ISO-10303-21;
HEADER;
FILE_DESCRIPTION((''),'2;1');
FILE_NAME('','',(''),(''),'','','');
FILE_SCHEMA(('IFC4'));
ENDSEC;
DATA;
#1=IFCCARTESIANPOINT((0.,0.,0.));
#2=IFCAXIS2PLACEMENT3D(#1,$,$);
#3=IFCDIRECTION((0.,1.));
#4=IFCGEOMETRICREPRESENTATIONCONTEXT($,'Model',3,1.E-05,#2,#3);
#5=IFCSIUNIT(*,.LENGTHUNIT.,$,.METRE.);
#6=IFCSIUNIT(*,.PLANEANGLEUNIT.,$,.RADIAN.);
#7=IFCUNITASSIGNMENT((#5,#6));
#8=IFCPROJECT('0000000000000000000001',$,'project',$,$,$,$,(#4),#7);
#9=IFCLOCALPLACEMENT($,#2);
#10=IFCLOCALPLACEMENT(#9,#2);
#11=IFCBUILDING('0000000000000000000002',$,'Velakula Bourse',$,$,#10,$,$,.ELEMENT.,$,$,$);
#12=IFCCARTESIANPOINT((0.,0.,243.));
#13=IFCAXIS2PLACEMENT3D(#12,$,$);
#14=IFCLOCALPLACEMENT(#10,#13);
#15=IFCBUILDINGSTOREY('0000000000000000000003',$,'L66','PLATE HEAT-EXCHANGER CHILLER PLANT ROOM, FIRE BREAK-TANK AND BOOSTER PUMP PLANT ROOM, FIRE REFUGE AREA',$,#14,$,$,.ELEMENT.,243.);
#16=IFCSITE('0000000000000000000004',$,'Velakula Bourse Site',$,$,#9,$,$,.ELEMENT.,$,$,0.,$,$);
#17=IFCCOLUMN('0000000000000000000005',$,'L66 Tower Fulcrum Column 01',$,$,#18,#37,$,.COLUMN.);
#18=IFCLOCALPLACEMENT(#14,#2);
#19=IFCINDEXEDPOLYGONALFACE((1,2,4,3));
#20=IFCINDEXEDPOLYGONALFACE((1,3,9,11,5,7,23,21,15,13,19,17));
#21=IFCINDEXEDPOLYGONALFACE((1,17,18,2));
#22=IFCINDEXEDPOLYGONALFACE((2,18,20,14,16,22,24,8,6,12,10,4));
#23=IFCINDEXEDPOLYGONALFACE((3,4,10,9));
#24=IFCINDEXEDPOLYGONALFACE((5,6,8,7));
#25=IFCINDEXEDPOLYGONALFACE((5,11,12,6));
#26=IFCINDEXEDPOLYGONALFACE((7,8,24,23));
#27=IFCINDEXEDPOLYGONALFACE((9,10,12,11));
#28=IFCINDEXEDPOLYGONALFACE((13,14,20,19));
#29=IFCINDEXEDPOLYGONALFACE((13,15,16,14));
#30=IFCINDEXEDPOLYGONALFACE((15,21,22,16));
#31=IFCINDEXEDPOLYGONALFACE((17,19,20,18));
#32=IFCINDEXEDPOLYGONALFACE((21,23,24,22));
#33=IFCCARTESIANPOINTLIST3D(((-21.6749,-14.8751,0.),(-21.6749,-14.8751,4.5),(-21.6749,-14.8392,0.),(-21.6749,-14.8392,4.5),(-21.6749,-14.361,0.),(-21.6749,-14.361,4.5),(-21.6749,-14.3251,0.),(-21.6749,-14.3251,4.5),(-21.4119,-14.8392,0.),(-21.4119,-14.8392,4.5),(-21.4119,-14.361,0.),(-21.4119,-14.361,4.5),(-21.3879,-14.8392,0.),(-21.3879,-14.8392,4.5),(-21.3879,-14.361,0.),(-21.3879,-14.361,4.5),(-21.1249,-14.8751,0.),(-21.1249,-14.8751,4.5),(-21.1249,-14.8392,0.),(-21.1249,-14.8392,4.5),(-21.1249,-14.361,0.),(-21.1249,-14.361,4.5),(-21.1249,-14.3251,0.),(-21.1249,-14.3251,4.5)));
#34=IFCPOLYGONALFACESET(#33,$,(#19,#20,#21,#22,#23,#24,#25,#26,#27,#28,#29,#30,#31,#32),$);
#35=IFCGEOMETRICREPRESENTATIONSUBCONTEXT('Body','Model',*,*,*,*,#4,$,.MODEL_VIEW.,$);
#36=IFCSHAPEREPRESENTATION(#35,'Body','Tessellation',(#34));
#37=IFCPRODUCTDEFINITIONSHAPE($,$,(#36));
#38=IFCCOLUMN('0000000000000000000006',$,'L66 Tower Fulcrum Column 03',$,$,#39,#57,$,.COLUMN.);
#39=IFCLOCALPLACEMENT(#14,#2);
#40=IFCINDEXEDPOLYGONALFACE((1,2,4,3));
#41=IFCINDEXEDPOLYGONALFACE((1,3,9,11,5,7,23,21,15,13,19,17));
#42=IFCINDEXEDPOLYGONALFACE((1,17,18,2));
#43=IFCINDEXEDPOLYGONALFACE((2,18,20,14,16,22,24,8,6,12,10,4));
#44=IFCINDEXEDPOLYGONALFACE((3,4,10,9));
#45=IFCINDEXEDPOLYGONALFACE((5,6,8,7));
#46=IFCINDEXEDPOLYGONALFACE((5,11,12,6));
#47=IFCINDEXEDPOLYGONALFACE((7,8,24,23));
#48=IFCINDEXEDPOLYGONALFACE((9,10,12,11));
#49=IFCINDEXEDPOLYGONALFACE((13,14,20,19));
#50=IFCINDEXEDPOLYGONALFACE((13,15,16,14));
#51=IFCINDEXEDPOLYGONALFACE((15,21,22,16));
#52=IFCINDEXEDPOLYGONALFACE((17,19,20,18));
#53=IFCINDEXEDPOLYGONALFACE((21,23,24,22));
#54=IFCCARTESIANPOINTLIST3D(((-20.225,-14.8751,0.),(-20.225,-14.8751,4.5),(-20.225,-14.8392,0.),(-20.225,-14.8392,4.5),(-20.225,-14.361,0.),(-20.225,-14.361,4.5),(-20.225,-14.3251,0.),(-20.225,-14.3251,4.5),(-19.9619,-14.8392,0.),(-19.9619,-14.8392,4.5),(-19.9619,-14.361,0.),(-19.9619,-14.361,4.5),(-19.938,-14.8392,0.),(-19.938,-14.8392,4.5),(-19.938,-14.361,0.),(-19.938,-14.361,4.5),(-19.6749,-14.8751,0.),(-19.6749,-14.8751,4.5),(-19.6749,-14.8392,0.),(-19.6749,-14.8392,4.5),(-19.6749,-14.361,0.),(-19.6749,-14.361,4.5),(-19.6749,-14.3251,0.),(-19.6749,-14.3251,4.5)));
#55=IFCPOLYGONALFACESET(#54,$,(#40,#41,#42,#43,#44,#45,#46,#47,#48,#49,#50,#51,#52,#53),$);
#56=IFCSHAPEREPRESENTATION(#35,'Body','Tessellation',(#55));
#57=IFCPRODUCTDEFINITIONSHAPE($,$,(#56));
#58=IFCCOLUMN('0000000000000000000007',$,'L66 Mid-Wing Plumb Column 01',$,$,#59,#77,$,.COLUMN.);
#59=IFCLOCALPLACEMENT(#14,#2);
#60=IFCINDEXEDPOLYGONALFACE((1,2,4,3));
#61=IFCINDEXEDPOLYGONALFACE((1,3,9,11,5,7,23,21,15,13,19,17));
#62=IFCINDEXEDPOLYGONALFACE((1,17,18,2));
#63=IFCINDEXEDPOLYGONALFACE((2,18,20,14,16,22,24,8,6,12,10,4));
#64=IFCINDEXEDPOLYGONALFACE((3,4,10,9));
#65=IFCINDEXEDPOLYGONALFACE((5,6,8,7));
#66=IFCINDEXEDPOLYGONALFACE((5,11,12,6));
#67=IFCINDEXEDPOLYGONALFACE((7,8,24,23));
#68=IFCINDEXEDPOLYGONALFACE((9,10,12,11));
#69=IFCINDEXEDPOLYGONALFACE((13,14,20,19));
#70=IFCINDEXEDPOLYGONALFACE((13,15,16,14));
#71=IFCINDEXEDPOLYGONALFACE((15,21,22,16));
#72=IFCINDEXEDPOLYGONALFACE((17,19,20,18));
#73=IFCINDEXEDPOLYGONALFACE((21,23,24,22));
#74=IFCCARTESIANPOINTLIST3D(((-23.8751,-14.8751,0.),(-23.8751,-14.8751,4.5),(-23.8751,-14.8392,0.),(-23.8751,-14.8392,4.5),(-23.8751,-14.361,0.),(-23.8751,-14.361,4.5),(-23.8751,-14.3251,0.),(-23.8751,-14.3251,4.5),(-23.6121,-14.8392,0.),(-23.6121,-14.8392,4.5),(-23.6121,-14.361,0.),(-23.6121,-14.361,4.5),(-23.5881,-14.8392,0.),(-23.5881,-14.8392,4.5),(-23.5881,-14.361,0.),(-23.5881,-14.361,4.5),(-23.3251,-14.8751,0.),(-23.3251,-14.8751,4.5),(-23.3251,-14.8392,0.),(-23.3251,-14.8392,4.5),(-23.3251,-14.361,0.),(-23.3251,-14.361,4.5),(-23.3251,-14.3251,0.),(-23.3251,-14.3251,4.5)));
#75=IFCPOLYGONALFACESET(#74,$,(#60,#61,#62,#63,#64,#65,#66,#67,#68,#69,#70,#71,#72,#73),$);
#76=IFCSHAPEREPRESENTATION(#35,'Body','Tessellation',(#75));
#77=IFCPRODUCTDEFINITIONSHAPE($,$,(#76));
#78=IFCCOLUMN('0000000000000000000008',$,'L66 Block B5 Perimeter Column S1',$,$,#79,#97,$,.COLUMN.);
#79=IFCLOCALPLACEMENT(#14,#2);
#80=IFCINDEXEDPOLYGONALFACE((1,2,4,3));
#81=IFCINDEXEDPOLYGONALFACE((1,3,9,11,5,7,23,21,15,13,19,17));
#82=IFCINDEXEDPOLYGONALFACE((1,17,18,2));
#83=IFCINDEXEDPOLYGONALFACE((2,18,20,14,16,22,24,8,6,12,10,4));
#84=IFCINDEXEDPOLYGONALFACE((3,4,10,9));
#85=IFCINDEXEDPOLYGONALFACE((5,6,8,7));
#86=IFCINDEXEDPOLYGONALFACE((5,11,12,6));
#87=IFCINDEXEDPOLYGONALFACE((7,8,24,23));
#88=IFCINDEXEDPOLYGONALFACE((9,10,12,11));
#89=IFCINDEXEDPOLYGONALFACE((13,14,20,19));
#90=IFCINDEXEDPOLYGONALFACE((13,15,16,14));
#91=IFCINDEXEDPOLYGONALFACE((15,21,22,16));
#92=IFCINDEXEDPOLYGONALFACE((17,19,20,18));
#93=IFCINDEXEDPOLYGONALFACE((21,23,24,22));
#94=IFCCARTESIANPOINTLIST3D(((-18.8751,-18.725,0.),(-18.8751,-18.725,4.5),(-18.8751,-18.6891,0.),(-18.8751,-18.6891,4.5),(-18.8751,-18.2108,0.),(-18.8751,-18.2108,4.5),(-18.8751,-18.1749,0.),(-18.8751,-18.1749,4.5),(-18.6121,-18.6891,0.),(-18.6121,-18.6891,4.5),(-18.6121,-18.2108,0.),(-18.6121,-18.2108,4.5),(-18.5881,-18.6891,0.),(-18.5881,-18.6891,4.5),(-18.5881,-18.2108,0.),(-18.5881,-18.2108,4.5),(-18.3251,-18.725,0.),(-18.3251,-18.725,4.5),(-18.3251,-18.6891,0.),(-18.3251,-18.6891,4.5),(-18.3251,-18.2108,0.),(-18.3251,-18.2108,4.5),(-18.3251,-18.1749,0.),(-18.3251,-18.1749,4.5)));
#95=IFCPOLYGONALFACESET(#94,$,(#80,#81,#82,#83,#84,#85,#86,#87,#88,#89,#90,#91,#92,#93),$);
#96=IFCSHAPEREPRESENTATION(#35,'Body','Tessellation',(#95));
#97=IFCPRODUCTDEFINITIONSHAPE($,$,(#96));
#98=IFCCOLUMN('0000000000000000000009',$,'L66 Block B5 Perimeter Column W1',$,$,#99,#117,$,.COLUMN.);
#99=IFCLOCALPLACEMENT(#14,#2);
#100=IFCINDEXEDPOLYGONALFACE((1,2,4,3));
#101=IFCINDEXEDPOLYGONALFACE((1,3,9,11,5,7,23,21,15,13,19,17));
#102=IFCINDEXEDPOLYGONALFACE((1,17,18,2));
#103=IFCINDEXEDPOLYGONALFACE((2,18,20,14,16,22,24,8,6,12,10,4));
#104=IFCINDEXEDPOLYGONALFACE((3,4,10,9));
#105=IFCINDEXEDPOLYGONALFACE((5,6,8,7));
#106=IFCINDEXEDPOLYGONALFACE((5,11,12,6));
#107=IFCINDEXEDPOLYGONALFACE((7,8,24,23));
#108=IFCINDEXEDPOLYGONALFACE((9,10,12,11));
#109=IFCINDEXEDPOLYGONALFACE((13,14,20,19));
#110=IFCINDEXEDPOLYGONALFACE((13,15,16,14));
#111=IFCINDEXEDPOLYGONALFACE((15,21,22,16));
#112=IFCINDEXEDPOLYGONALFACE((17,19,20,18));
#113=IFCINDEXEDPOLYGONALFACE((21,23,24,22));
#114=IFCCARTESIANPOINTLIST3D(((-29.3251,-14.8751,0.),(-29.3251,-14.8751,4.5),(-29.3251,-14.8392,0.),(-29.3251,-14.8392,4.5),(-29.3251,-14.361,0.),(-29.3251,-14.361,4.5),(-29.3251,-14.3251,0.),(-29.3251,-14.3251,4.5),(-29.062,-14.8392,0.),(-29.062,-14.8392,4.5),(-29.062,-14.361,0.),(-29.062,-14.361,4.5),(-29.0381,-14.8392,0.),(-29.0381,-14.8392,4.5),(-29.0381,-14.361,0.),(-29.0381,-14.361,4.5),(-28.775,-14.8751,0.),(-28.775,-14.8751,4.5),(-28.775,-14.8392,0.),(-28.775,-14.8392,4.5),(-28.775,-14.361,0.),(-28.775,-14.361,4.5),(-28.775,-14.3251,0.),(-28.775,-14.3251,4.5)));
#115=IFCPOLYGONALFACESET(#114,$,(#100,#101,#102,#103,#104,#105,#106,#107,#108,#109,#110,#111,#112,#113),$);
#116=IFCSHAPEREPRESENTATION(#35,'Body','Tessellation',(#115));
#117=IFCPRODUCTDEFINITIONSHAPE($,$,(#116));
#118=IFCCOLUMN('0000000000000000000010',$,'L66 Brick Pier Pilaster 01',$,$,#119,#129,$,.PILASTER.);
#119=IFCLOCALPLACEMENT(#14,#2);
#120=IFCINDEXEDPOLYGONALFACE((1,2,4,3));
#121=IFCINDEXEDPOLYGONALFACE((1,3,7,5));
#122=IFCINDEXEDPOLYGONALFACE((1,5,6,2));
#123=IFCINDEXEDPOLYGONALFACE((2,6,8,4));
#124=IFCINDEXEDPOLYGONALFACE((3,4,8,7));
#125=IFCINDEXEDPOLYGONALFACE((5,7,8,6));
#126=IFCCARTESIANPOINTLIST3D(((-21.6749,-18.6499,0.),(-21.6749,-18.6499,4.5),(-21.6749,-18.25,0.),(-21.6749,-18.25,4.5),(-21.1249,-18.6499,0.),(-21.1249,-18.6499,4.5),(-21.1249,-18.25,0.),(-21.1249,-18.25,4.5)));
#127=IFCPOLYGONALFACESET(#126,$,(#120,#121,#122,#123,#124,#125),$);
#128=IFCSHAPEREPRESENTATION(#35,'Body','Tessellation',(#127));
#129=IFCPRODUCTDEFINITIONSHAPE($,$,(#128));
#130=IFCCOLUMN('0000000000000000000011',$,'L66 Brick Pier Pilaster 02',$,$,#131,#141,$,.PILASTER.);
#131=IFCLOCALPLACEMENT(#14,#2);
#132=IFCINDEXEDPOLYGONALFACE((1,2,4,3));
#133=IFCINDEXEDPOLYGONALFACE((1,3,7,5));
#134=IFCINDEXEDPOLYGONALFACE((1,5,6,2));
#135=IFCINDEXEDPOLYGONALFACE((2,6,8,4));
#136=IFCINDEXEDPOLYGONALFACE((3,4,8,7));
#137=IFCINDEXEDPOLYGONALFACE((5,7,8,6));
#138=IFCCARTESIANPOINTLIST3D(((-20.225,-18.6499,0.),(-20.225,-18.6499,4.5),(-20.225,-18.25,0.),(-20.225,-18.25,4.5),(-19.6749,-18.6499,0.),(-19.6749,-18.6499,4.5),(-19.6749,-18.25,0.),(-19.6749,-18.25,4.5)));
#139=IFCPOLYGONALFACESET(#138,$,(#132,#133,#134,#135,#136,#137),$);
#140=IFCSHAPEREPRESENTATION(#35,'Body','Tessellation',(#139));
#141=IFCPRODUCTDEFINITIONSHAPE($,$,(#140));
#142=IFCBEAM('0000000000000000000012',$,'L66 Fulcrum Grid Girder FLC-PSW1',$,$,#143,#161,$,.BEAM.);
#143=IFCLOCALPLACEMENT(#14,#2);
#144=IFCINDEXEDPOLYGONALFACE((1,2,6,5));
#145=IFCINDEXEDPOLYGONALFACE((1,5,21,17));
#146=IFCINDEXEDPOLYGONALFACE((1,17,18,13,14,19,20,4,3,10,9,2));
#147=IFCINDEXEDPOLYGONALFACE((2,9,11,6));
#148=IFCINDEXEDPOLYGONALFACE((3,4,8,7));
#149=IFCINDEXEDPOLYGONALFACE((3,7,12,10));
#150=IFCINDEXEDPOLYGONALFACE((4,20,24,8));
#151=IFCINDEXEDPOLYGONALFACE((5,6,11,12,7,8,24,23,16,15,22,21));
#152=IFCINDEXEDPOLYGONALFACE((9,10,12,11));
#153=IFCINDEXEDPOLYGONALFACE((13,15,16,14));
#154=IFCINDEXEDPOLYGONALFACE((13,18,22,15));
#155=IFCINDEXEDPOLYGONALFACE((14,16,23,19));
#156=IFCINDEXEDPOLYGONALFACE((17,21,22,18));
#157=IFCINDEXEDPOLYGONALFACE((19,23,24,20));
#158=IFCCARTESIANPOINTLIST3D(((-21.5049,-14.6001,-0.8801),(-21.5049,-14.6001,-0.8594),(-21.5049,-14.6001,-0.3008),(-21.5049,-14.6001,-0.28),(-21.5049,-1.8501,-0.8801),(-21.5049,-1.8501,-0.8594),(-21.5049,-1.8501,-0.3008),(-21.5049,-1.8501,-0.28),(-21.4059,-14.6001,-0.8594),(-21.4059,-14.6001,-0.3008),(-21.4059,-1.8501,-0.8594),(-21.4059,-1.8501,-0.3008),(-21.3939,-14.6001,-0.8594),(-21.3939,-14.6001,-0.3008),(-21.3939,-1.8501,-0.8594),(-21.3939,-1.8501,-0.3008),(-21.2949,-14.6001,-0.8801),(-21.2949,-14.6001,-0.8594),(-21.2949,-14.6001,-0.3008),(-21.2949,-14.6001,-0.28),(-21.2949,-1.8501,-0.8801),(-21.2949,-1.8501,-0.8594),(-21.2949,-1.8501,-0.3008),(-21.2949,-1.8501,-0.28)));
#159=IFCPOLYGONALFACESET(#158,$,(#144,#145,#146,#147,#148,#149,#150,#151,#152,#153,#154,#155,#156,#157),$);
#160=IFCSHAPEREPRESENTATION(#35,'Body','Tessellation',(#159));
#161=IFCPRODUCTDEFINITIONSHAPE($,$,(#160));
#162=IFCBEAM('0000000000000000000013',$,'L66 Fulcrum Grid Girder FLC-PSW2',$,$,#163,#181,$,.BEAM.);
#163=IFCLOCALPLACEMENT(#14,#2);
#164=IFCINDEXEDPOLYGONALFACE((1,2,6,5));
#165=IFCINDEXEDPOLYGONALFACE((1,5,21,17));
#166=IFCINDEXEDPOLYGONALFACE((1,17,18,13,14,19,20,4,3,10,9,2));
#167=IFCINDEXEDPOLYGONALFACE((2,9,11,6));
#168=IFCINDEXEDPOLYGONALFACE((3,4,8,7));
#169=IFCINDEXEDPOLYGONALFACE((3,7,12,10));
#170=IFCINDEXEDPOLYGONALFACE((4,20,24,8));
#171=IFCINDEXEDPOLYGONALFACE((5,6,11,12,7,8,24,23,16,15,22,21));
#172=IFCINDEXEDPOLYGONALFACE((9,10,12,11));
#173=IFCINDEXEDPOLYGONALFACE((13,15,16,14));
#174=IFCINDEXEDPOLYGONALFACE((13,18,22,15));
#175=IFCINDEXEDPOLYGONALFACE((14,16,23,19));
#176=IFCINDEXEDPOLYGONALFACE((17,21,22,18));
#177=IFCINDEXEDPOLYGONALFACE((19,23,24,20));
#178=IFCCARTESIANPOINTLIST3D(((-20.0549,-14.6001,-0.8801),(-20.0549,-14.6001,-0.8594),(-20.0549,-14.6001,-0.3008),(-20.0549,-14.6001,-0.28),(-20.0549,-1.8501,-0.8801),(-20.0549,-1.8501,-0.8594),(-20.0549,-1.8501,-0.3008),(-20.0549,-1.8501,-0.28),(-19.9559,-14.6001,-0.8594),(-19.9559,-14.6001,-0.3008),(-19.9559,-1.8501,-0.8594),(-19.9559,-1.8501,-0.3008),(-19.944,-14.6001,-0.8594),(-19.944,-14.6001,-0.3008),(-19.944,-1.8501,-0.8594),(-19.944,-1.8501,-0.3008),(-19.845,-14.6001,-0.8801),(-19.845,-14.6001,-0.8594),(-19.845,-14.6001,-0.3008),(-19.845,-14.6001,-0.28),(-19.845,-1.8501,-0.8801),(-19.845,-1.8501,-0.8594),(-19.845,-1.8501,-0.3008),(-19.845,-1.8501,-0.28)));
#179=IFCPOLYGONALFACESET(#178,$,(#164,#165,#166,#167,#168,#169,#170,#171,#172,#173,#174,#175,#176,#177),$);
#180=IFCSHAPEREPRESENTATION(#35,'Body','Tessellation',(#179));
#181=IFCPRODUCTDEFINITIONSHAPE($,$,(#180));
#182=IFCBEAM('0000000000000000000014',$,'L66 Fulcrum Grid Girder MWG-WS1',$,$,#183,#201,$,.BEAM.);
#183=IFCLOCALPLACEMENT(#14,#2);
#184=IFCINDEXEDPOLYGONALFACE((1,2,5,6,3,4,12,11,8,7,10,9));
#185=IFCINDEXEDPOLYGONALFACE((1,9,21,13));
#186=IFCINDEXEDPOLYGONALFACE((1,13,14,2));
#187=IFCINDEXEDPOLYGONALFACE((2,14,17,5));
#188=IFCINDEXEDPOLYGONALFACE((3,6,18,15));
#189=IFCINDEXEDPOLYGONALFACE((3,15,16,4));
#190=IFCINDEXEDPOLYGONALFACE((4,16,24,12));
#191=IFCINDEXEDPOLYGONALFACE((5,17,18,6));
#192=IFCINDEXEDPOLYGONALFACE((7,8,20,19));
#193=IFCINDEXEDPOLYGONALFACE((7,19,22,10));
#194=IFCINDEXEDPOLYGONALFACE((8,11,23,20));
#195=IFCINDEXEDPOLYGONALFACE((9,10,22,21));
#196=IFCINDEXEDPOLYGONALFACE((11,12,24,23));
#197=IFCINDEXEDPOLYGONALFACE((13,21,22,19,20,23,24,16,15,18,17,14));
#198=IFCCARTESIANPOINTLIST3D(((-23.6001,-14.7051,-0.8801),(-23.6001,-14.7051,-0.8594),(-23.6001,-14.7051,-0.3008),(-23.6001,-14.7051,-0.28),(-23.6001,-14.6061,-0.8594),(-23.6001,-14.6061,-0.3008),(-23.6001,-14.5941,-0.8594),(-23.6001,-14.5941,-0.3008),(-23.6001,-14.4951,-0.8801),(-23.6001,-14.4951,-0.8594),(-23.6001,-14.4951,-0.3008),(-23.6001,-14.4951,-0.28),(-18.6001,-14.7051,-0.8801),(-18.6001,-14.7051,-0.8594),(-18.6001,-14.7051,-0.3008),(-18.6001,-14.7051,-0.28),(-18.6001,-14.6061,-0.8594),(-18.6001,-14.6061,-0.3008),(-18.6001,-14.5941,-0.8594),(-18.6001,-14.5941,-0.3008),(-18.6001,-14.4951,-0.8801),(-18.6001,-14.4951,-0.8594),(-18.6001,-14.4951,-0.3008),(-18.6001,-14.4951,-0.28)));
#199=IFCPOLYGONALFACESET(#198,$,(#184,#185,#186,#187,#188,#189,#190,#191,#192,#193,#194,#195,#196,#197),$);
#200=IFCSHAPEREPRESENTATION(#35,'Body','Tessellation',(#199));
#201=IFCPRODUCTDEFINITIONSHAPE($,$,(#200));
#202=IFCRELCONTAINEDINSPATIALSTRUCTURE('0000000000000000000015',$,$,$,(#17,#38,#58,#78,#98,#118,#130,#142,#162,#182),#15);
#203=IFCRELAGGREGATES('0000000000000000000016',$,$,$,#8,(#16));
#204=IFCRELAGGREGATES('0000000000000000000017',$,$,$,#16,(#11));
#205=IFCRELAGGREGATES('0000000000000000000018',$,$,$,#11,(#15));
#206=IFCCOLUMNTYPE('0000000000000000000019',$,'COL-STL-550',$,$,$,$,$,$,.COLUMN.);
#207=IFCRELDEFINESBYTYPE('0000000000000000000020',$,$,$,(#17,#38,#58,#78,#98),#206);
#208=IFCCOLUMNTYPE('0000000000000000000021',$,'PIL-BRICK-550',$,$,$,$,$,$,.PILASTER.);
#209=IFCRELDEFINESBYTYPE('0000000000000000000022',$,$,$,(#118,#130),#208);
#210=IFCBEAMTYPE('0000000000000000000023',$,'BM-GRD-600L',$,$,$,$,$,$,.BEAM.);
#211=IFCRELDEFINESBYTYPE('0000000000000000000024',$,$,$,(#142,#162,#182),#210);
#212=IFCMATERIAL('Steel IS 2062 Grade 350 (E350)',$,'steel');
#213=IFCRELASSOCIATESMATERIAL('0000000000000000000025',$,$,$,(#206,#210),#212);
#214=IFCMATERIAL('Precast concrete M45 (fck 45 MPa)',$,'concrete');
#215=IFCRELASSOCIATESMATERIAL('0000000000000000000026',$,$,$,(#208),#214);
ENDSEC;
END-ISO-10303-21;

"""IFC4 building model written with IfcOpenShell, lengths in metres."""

from ifc_helpers import new_model, si_unit, direction, frame, origin, origin_2d, place, context, subcontext, project, spatial, rectangle, i_section, extrude, material, material_profile, profile_set, type_object, element, save


model = new_model("IFC4")

# Units and contexts
model_context = context("Model", 3, precision=1e-05, world=origin(), true_north=direction((0.0, 1.0)))
body_context = subcontext(model_context, "Body", "Model", "MODEL_VIEW")
ifc_project = project(units=[si_unit("LENGTHUNIT", "METRE"), si_unit("PLANEANGLEUNIT", "RADIAN")], contexts=[model_context])

# Site, building, storey
site_placement = place(None, origin())
site = spatial("IfcSite", under=ifc_project, at=site_placement, Name="Velakula Bourse Site", CompositionType="ELEMENT", RefElevation=0.0)
building_placement = place(site_placement, origin())
building = spatial("IfcBuilding", under=site, at=building_placement, Name="Velakula Bourse", CompositionType="ELEMENT")
storey_placement = place(building_placement, frame((0.0, 0.0, 243.0)))
storey = spatial("IfcBuildingStorey", under=building, at=storey_placement, Name="L66", Description="PLATE HEAT-EXCHANGER CHILLER PLANT ROOM, FIRE BREAK-TANK AND BOOSTER PUMP PLANT ROOM, FIRE REFUGE AREA", CompositionType="ELEMENT", Elevation=243.0)

# Columns
ifc_material_1 = material(Name="Steel IS 2062 Grade 350 (E350)", Category="steel")
ifc_material_profile_1 = material_profile(ifc_material_1, i_section(OverallWidth=0.55, OverallDepth=0.55, WebThickness=0.0239, FlangeThickness=0.0359, at=origin_2d()), Name="Steel IS 2062 Grade 350 (E350)")
ifc_profile_set_1 = profile_set([ifc_material_profile_1], Name="Steel IS 2062 Grade 350 (E350)")
column_type_1 = type_object("IfcColumnType", Name="COL-STL-550", PredefinedType="COLUMN", material=ifc_profile_set_1)
for number, where, z_axis, x_axis, name in (
    (1, (-21.3999, -14.6001, 0.0), (0.0, 0.0, 1.0), (1.0, 0.0, 0.0), "L66 Tower Fulcrum Column 01"),
    (2, (-19.95, -14.6001, 0.0), (0.0, 0.0, 1.0), (1.0, 0.0, 0.0), "L66 Tower Fulcrum Column 03"),
    (3, (-23.6001, -14.6001, 0.0), (0.0, 0.0, 1.0), (1.0, 0.0, 0.0), "L66 Mid-Wing Plumb Column 01"),
    (4, (-18.6001, -18.45, 0.0), (0.0, 0.0, 1.0), (1.0, 0.0, 0.0), "L66 Block B5 Perimeter Column S1"),
    (5, (-29.05, -14.6001, 0.0), (0.0, 0.0, 1.0), (1.0, 0.0, 0.0), "L66 Block B5 Perimeter Column W1"),
):
    element("IfcColumn", number, at=place(storey_placement, frame(where, z_axis=z_axis, x_axis=x_axis)), inside=storey, type_object=column_type_1, Name=name, PredefinedType="COLUMN", context=body_context, shape_type="SweptSolid", body=[
        extrude(i_section(OverallWidth=0.55, OverallDepth=0.55, WebThickness=0.0239, FlangeThickness=0.0359, at=origin_2d()), origin(), (0.0, 0.0, 1.0), 4.5),
    ])
ifc_material_2 = material(Name="Precast concrete M45 (fck 45 MPa)", Category="concrete")
ifc_material_profile_2 = material_profile(ifc_material_2, rectangle(XDim=0.55, YDim=0.3999, at=origin_2d()), Name="Precast concrete M45 (fck 45 MPa)")
ifc_profile_set_2 = profile_set([ifc_material_profile_2], Name="Precast concrete M45 (fck 45 MPa)")
column_type_2 = type_object("IfcColumnType", Name="PIL-BRICK-550", PredefinedType="PILASTER", material=ifc_profile_set_2)
for number, where, z_axis, x_axis, name in (
    (6, (-21.3999, -18.45, 0.0), (0.0, 0.0, 1.0), (1.0, 0.0, 0.0), "L66 Brick Pier Pilaster 01"),
    (7, (-19.95, -18.45, 0.0), (0.0, 0.0, 1.0), (1.0, 0.0, 0.0), "L66 Brick Pier Pilaster 02"),
):
    element("IfcColumn", number, at=place(storey_placement, frame(where, z_axis=z_axis, x_axis=x_axis)), inside=storey, type_object=column_type_2, Name=name, PredefinedType="PILASTER", context=body_context, shape_type="SweptSolid", body=[
        extrude(rectangle(XDim=0.55, YDim=0.3999, at=origin_2d()), origin(), (0.0, 0.0, 1.0), 4.5),
    ])

# Beams
ifc_material_profile_3 = material_profile(ifc_material_1, i_section(OverallWidth=0.21, OverallDepth=0.6001, WebThickness=0.012, FlangeThickness=0.0208, at=origin_2d()), Name="Steel IS 2062 Grade 350 (E350)")
ifc_profile_set_3 = profile_set([ifc_material_profile_3], Name="Steel IS 2062 Grade 350 (E350)")
beam_type_1 = type_object("IfcBeamType", Name="BM-GRD-600L", PredefinedType="BEAM", material=ifc_profile_set_3)
for number, where, z_axis, x_axis, name in (
    (8, (-21.3999, -14.6001, -0.5801), (0.0, 1.0, 0.0), (-1.0, 0.0, 0.0), "L66 Fulcrum Grid Girder FLC-PSW1"),
    (9, (-19.95, -14.6001, -0.5801), (0.0, 1.0, 0.0), (-1.0, 0.0, 0.0), "L66 Fulcrum Grid Girder FLC-PSW2"),
):
    element("IfcBeam", number, at=place(storey_placement, frame(where, z_axis=z_axis, x_axis=x_axis)), inside=storey, type_object=beam_type_1, Name=name, PredefinedType="BEAM", context=body_context, shape_type="SweptSolid", body=[
        extrude(i_section(OverallWidth=0.21, OverallDepth=0.6001, WebThickness=0.012, FlangeThickness=0.0208, at=origin_2d()), origin(), (0.0, 0.0, 1.0), 12.75),
    ])
beam_1_placement = place(storey_placement, frame((-23.6001, -14.6001, -0.5801), z_axis=(1.0, 0.0, 0.0), x_axis=(0.0, 1.0, 0.0)))
element("IfcBeam", 10, at=beam_1_placement, inside=storey, type_object=beam_type_1, Name="L66 Fulcrum Grid Girder MWG-WS1", PredefinedType="BEAM", context=body_context, shape_type="SweptSolid", body=[
    extrude(i_section(OverallWidth=0.21, OverallDepth=0.6001, WebThickness=0.012, FlangeThickness=0.0208, at=origin_2d()), origin(), (0.0, 0.0, 1.0), 5.0),
])

save(model, "model.ifc")
